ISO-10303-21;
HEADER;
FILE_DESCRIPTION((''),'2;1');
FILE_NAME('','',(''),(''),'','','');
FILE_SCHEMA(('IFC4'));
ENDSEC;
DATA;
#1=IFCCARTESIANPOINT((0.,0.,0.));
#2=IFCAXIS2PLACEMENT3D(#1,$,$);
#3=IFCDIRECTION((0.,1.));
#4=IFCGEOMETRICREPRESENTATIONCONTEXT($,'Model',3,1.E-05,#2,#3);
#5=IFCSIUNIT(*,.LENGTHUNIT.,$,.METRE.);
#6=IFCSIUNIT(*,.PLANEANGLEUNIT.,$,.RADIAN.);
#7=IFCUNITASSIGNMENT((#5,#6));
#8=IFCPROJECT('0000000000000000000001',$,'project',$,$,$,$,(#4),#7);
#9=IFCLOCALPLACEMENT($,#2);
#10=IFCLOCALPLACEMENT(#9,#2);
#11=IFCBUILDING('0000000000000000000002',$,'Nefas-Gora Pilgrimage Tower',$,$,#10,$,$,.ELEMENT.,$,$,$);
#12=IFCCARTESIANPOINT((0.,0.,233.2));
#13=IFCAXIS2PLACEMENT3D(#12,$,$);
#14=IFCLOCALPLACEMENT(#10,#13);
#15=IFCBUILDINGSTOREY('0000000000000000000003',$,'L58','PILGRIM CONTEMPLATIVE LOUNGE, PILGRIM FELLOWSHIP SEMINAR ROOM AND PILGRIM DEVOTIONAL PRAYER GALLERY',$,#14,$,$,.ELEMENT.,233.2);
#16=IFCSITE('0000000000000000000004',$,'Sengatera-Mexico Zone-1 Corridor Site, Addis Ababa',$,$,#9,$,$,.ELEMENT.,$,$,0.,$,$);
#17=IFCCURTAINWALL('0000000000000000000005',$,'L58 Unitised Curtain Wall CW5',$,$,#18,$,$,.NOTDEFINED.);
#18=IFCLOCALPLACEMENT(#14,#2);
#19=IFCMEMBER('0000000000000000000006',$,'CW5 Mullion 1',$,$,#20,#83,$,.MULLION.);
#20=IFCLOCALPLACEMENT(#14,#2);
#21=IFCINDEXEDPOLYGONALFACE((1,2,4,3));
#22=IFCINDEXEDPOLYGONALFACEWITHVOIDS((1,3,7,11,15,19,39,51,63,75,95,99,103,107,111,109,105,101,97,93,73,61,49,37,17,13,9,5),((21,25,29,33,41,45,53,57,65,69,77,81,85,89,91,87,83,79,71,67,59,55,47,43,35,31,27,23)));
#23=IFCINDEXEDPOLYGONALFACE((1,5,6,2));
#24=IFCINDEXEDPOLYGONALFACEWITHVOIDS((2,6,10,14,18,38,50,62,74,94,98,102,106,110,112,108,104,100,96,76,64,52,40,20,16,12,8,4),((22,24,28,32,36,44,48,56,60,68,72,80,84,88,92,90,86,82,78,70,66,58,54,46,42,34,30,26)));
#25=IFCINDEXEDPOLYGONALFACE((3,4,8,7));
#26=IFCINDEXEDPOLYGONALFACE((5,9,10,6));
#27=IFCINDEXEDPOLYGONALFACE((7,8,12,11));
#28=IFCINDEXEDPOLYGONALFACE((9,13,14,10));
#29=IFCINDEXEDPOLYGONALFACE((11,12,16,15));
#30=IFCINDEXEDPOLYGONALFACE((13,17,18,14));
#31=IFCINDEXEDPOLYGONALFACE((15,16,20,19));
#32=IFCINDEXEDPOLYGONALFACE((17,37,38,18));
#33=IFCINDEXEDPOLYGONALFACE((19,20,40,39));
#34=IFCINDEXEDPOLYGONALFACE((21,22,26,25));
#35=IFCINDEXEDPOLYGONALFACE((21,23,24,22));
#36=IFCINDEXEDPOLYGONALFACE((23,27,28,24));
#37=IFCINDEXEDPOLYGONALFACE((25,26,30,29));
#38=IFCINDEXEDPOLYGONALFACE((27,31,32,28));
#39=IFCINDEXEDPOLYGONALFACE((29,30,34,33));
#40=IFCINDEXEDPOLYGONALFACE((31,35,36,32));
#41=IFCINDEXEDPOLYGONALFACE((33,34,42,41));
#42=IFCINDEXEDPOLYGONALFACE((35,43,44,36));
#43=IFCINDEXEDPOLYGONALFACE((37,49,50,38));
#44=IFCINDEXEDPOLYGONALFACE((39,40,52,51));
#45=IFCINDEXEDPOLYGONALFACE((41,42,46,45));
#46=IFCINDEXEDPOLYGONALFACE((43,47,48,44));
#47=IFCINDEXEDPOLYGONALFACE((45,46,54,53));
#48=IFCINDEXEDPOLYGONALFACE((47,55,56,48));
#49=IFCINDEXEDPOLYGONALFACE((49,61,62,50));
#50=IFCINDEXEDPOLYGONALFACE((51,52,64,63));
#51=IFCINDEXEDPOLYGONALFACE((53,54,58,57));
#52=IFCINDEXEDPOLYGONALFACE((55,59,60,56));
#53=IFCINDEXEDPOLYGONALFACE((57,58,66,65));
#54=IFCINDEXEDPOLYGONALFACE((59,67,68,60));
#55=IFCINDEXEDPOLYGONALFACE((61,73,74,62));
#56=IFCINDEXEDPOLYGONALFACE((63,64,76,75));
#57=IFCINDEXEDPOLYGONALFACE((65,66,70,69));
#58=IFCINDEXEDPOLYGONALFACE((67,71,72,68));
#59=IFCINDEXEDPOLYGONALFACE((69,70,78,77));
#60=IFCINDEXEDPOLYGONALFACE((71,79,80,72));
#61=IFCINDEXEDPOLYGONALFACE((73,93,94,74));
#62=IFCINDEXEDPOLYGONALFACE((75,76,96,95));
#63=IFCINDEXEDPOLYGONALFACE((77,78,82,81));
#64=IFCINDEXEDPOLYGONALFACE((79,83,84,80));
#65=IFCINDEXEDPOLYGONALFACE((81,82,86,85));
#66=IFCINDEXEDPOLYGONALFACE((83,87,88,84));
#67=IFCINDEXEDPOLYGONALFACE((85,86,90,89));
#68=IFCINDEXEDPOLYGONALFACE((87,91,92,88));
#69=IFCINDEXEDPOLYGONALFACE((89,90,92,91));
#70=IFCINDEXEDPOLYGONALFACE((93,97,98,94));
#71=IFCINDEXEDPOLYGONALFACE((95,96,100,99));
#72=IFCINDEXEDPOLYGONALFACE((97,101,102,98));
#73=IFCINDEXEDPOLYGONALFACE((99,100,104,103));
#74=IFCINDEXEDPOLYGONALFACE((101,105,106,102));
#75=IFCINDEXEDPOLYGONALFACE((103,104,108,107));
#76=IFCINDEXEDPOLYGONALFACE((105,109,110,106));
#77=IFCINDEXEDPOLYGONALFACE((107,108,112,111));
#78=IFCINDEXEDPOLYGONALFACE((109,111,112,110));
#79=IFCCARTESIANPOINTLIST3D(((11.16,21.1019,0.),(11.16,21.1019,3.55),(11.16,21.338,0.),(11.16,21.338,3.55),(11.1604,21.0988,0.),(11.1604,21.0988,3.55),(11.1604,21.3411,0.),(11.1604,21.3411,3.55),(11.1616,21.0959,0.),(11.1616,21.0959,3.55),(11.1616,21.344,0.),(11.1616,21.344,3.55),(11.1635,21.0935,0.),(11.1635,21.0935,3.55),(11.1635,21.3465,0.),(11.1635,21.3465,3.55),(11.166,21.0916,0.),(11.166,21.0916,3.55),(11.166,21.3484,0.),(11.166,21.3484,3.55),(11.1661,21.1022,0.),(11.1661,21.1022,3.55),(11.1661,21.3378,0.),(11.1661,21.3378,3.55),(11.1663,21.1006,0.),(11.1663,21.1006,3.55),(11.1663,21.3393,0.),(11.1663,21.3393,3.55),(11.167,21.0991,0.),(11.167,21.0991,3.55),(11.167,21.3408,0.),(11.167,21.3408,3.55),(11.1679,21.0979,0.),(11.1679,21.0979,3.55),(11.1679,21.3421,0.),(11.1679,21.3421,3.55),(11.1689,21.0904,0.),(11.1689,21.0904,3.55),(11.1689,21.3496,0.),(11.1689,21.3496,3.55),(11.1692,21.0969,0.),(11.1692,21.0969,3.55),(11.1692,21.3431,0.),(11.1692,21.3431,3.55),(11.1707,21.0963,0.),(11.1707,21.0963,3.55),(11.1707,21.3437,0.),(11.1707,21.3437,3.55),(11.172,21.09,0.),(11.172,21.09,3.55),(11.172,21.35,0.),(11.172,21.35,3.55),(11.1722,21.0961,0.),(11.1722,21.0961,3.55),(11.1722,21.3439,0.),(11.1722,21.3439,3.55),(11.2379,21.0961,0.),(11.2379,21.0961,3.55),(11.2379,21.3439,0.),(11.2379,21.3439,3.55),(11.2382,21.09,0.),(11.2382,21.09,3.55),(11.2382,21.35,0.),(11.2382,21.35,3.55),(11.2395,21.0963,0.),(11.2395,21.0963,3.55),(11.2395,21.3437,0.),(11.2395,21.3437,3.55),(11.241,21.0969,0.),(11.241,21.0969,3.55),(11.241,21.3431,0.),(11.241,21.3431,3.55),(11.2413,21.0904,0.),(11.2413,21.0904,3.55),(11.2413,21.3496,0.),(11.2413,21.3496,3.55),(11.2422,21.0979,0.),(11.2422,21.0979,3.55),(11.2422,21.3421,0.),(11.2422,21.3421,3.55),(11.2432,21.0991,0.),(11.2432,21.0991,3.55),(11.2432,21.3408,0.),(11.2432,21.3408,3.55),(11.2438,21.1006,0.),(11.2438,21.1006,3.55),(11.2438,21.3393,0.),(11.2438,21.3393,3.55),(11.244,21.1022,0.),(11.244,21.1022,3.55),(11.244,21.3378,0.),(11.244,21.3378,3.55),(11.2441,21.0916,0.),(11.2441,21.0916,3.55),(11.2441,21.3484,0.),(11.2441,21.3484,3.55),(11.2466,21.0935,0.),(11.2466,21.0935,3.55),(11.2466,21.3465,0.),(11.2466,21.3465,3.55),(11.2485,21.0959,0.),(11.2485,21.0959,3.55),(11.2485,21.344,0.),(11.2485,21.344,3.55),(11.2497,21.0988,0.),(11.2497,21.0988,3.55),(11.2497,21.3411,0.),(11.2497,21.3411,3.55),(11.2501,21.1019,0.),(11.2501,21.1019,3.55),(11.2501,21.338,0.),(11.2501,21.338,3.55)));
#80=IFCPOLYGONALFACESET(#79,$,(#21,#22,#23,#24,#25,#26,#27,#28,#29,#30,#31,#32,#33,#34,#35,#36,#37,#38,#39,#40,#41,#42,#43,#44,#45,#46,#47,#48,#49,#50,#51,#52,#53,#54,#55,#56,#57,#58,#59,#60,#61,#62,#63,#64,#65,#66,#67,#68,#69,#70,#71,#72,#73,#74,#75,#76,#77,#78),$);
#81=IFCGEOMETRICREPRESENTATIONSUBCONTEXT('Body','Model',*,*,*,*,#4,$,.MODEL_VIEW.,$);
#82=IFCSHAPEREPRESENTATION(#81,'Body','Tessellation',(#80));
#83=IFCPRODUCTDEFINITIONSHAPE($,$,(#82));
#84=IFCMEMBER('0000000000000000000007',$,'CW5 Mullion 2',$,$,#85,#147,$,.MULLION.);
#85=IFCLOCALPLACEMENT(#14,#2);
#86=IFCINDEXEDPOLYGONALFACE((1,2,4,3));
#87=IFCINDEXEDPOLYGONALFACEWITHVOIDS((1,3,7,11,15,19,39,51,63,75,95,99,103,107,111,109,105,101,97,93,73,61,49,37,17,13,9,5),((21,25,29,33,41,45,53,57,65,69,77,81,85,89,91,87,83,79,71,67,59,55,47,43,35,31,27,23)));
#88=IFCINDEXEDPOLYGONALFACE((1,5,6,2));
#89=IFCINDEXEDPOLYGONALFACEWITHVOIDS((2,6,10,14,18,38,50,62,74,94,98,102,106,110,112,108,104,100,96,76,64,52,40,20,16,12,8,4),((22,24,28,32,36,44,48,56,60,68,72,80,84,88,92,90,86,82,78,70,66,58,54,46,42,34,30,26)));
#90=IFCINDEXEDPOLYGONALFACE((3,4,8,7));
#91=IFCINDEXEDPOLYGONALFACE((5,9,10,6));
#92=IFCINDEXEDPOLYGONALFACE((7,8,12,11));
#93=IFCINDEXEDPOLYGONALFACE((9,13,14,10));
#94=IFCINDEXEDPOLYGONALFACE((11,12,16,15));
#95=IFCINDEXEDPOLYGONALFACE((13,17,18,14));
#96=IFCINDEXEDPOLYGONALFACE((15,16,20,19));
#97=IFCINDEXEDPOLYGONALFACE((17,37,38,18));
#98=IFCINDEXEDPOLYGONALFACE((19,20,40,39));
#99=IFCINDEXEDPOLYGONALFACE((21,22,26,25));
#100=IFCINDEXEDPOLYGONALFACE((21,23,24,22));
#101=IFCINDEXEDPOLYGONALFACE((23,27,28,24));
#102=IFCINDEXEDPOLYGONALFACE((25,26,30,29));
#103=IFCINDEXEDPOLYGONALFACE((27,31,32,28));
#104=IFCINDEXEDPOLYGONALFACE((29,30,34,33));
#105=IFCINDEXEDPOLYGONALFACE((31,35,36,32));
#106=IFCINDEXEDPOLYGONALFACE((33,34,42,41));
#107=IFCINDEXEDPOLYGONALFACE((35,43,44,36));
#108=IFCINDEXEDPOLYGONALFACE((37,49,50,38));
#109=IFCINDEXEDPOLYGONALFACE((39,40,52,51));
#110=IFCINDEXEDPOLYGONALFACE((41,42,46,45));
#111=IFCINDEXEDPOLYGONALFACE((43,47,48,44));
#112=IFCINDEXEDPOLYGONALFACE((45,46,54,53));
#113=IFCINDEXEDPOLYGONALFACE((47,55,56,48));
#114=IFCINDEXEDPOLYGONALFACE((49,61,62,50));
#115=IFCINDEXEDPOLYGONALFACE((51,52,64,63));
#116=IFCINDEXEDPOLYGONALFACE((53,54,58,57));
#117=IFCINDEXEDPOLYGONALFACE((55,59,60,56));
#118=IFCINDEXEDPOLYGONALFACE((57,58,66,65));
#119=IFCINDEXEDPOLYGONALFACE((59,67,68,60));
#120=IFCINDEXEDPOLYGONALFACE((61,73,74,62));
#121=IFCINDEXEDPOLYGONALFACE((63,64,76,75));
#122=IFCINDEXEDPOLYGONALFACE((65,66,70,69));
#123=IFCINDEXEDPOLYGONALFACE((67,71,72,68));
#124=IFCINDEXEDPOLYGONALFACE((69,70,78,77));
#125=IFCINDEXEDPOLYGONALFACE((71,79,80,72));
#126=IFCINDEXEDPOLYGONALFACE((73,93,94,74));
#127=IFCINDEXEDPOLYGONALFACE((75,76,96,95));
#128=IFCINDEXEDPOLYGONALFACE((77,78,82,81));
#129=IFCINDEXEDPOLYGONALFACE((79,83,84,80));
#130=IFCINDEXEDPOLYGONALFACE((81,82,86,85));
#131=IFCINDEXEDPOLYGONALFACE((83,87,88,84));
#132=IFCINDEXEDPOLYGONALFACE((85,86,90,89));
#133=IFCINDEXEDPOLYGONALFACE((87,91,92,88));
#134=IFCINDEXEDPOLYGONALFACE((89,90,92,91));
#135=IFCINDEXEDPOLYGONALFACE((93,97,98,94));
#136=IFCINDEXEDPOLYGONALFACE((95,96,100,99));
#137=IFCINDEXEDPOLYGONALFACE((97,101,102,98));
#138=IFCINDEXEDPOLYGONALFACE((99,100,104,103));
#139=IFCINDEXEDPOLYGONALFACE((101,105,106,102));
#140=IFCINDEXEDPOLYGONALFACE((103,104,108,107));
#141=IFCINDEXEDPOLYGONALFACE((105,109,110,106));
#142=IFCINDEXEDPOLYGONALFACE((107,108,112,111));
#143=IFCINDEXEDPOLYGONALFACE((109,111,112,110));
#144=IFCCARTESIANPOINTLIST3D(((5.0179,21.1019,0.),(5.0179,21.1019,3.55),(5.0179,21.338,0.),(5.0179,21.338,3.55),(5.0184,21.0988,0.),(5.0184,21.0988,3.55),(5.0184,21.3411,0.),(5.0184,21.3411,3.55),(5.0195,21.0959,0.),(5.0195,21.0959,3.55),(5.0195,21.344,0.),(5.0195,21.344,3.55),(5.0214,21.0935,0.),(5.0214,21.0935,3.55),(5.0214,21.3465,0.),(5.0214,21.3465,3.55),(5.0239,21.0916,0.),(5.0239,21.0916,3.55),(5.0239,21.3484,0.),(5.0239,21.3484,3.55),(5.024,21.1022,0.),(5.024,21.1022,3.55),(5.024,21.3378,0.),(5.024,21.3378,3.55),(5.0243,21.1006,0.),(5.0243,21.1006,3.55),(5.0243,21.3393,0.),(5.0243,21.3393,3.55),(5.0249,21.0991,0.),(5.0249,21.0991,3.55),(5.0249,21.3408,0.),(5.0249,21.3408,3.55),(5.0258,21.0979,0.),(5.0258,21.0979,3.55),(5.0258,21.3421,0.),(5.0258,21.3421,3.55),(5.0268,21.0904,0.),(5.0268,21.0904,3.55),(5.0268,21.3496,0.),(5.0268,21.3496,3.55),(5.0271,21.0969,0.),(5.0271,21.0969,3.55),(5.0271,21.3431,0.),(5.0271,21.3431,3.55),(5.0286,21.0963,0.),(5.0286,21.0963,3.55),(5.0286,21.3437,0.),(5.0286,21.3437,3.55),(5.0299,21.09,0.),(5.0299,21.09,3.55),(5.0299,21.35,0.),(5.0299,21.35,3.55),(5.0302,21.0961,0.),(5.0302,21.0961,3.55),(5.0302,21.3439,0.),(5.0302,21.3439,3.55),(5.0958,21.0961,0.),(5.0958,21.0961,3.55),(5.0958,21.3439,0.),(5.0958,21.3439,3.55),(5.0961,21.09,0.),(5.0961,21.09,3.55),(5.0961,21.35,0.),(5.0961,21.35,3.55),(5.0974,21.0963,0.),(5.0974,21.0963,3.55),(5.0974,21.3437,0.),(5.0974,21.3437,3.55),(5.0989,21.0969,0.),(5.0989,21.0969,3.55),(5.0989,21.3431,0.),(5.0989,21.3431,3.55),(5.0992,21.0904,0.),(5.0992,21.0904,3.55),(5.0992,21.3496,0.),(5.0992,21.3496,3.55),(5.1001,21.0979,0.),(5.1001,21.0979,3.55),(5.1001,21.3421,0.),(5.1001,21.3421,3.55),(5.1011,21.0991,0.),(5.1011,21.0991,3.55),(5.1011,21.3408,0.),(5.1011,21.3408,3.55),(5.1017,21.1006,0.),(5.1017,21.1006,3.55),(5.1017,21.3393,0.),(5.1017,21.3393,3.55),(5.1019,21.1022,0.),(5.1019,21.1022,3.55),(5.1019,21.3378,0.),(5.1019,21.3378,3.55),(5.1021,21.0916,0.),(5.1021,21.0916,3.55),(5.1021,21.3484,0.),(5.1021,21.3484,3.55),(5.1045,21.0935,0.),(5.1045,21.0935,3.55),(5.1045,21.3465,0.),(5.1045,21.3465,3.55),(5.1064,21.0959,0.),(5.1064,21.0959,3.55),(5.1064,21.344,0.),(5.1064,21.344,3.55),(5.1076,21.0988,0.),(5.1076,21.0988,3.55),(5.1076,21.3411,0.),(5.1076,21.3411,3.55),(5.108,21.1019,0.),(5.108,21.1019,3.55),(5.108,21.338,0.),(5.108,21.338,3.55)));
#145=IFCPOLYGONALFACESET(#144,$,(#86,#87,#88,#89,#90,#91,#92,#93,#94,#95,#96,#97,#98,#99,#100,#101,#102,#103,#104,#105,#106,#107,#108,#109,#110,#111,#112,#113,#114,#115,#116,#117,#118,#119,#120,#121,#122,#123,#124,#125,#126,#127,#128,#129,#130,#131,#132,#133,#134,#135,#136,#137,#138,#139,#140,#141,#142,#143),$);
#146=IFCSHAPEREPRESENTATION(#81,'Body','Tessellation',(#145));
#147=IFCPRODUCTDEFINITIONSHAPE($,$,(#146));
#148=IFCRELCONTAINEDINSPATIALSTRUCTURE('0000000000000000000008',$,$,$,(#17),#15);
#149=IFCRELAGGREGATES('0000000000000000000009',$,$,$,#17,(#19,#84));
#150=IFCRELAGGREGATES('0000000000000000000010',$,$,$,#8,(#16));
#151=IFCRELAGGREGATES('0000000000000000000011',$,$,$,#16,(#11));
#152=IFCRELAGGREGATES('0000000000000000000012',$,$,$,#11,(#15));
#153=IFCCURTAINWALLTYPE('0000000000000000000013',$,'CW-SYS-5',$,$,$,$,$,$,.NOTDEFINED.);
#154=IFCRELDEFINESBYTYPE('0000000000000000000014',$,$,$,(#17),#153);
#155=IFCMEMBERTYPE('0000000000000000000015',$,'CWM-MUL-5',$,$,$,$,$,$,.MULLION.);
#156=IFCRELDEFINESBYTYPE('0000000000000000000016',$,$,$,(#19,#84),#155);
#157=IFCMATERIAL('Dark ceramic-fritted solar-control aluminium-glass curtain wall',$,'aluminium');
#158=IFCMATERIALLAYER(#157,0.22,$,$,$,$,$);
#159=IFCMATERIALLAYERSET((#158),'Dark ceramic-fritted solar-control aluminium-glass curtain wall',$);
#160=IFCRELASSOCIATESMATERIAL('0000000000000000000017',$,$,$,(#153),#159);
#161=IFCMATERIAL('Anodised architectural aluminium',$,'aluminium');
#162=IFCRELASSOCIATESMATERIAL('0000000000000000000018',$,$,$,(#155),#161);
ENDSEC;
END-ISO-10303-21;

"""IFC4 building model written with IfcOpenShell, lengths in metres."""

from ifc_helpers import new_model, si_unit, direction, frame, origin, origin_2d, place, context, subcontext, project, spatial, hollow_rectangle, extrude, source, transform, mapped, material, layer, layer_set, material_profile, profile_set, type_object, element, aggregate, save


model = new_model("IFC4")

# Units and contexts
model_context = context("Model", 3, precision=1e-05, world=origin(), true_north=direction((0.0, 1.0)))
body_context = subcontext(model_context, "Body", "Model", "MODEL_VIEW")
ifc_project = project(units=[si_unit("LENGTHUNIT", "METRE"), si_unit("PLANEANGLEUNIT", "RADIAN")], contexts=[model_context])

# Site, building, storey
site_placement = place(None, origin())
site = spatial("IfcSite", under=ifc_project, at=site_placement, Name="Sengatera-Mexico Zone-1 Corridor Site, Addis Ababa", CompositionType="ELEMENT", RefElevation=0.0)
building_placement = place(site_placement, origin())
building = spatial("IfcBuilding", under=site, at=building_placement, Name="Nefas-Gora Pilgrimage Tower", CompositionType="ELEMENT")
storey_placement = place(building_placement, frame((0.0, 0.0, 233.2)))
storey = spatial("IfcBuildingStorey", under=building, at=storey_placement, Name="L58", Description="PILGRIM CONTEMPLATIVE LOUNGE, PILGRIM FELLOWSHIP SEMINAR ROOM AND PILGRIM DEVOTIONAL PRAYER GALLERY", CompositionType="ELEMENT", Elevation=233.2)

# Curtain wall, members
ifc_material_1 = material(Name="Dark ceramic-fritted solar-control aluminium-glass curtain wall", Category="aluminium")
ifc_layer_1 = layer(ifc_material_1, 0.22)
ifc_layer_set_1 = layer_set([ifc_layer_1], Name="Dark ceramic-fritted solar-control aluminium-glass curtain wall")
curtain_wall_type = type_object("IfcCurtainWallType", Name="CW-SYS-5", PredefinedType="NOTDEFINED", material=ifc_layer_set_1)
curtain_wall_placement = place(storey_placement, origin())
curtain_wall = element("IfcCurtainWall", 1, at=curtain_wall_placement, inside=storey, type_object=curtain_wall_type, Name="L58 Unitised Curtain Wall CW5", PredefinedType="NOTDEFINED")
ifc_material_2 = material(Name="Anodised architectural aluminium", Category="aluminium")
ifc_material_profile_1 = material_profile(ifc_material_2, hollow_rectangle(XDim=0.0901, YDim=0.26, WallThickness=0.0061, InnerFilletRadius=0.0061, OuterFilletRadius=0.012, at=origin_2d()), Name="ALU MULLION 90x260")
ifc_profile_set_1 = profile_set([ifc_material_profile_1], Name="Anodised architectural aluminium")
member_type_1 = type_object("IfcMemberType", Name="CWM-MUL-5", PredefinedType="MULLION", material=ifc_profile_set_1)
shared_shape_1 = source(origin(), body_context, "Body", "SweptSolid", [
    extrude(hollow_rectangle(XDim=0.0901, YDim=0.26, WallThickness=0.0061, InnerFilletRadius=0.0061, OuterFilletRadius=0.012, at=origin_2d()), origin(), (0.0, 0.0, 1.0), 3.55),
])
member_1_placement = place(storey_placement, frame((11.2051, 21.22, 0.0), z_axis=(0.0, 0.0, 1.0), x_axis=(-1.0, 0.0, 0.0)))
member_1 = element("IfcMember", 2, at=member_1_placement, type_object=member_type_1, Name="CW5 Mullion 1", PredefinedType="MULLION", context=body_context, shape_type="MappedRepresentation", body=[
    mapped(shared_shape_1, transform((0.0, 0.0, 0.0), x_axis=(1.0, 0.0, 0.0), y_axis=(0.0, 1.0, 0.0), z_axis=(0.0, 0.0, 1.0), scale=1.0)),
])
member_2_placement = place(storey_placement, frame((5.063, 21.22, 0.0), z_axis=(0.0, 0.0, 1.0), x_axis=(-1.0, 0.0, 0.0)))
member_2 = element("IfcMember", 3, at=member_2_placement, type_object=member_type_1, Name="CW5 Mullion 2", PredefinedType="MULLION", context=body_context, shape_type="MappedRepresentation", body=[
    mapped(shared_shape_1, transform((0.0, 0.0, 0.0), x_axis=(1.0, 0.0, 0.0), y_axis=(0.0, 1.0, 0.0), z_axis=(0.0, 0.0, 1.0), scale=1.0)),
])
aggregate(curtain_wall, [member_1, member_2])

save(model, "model.ifc")
